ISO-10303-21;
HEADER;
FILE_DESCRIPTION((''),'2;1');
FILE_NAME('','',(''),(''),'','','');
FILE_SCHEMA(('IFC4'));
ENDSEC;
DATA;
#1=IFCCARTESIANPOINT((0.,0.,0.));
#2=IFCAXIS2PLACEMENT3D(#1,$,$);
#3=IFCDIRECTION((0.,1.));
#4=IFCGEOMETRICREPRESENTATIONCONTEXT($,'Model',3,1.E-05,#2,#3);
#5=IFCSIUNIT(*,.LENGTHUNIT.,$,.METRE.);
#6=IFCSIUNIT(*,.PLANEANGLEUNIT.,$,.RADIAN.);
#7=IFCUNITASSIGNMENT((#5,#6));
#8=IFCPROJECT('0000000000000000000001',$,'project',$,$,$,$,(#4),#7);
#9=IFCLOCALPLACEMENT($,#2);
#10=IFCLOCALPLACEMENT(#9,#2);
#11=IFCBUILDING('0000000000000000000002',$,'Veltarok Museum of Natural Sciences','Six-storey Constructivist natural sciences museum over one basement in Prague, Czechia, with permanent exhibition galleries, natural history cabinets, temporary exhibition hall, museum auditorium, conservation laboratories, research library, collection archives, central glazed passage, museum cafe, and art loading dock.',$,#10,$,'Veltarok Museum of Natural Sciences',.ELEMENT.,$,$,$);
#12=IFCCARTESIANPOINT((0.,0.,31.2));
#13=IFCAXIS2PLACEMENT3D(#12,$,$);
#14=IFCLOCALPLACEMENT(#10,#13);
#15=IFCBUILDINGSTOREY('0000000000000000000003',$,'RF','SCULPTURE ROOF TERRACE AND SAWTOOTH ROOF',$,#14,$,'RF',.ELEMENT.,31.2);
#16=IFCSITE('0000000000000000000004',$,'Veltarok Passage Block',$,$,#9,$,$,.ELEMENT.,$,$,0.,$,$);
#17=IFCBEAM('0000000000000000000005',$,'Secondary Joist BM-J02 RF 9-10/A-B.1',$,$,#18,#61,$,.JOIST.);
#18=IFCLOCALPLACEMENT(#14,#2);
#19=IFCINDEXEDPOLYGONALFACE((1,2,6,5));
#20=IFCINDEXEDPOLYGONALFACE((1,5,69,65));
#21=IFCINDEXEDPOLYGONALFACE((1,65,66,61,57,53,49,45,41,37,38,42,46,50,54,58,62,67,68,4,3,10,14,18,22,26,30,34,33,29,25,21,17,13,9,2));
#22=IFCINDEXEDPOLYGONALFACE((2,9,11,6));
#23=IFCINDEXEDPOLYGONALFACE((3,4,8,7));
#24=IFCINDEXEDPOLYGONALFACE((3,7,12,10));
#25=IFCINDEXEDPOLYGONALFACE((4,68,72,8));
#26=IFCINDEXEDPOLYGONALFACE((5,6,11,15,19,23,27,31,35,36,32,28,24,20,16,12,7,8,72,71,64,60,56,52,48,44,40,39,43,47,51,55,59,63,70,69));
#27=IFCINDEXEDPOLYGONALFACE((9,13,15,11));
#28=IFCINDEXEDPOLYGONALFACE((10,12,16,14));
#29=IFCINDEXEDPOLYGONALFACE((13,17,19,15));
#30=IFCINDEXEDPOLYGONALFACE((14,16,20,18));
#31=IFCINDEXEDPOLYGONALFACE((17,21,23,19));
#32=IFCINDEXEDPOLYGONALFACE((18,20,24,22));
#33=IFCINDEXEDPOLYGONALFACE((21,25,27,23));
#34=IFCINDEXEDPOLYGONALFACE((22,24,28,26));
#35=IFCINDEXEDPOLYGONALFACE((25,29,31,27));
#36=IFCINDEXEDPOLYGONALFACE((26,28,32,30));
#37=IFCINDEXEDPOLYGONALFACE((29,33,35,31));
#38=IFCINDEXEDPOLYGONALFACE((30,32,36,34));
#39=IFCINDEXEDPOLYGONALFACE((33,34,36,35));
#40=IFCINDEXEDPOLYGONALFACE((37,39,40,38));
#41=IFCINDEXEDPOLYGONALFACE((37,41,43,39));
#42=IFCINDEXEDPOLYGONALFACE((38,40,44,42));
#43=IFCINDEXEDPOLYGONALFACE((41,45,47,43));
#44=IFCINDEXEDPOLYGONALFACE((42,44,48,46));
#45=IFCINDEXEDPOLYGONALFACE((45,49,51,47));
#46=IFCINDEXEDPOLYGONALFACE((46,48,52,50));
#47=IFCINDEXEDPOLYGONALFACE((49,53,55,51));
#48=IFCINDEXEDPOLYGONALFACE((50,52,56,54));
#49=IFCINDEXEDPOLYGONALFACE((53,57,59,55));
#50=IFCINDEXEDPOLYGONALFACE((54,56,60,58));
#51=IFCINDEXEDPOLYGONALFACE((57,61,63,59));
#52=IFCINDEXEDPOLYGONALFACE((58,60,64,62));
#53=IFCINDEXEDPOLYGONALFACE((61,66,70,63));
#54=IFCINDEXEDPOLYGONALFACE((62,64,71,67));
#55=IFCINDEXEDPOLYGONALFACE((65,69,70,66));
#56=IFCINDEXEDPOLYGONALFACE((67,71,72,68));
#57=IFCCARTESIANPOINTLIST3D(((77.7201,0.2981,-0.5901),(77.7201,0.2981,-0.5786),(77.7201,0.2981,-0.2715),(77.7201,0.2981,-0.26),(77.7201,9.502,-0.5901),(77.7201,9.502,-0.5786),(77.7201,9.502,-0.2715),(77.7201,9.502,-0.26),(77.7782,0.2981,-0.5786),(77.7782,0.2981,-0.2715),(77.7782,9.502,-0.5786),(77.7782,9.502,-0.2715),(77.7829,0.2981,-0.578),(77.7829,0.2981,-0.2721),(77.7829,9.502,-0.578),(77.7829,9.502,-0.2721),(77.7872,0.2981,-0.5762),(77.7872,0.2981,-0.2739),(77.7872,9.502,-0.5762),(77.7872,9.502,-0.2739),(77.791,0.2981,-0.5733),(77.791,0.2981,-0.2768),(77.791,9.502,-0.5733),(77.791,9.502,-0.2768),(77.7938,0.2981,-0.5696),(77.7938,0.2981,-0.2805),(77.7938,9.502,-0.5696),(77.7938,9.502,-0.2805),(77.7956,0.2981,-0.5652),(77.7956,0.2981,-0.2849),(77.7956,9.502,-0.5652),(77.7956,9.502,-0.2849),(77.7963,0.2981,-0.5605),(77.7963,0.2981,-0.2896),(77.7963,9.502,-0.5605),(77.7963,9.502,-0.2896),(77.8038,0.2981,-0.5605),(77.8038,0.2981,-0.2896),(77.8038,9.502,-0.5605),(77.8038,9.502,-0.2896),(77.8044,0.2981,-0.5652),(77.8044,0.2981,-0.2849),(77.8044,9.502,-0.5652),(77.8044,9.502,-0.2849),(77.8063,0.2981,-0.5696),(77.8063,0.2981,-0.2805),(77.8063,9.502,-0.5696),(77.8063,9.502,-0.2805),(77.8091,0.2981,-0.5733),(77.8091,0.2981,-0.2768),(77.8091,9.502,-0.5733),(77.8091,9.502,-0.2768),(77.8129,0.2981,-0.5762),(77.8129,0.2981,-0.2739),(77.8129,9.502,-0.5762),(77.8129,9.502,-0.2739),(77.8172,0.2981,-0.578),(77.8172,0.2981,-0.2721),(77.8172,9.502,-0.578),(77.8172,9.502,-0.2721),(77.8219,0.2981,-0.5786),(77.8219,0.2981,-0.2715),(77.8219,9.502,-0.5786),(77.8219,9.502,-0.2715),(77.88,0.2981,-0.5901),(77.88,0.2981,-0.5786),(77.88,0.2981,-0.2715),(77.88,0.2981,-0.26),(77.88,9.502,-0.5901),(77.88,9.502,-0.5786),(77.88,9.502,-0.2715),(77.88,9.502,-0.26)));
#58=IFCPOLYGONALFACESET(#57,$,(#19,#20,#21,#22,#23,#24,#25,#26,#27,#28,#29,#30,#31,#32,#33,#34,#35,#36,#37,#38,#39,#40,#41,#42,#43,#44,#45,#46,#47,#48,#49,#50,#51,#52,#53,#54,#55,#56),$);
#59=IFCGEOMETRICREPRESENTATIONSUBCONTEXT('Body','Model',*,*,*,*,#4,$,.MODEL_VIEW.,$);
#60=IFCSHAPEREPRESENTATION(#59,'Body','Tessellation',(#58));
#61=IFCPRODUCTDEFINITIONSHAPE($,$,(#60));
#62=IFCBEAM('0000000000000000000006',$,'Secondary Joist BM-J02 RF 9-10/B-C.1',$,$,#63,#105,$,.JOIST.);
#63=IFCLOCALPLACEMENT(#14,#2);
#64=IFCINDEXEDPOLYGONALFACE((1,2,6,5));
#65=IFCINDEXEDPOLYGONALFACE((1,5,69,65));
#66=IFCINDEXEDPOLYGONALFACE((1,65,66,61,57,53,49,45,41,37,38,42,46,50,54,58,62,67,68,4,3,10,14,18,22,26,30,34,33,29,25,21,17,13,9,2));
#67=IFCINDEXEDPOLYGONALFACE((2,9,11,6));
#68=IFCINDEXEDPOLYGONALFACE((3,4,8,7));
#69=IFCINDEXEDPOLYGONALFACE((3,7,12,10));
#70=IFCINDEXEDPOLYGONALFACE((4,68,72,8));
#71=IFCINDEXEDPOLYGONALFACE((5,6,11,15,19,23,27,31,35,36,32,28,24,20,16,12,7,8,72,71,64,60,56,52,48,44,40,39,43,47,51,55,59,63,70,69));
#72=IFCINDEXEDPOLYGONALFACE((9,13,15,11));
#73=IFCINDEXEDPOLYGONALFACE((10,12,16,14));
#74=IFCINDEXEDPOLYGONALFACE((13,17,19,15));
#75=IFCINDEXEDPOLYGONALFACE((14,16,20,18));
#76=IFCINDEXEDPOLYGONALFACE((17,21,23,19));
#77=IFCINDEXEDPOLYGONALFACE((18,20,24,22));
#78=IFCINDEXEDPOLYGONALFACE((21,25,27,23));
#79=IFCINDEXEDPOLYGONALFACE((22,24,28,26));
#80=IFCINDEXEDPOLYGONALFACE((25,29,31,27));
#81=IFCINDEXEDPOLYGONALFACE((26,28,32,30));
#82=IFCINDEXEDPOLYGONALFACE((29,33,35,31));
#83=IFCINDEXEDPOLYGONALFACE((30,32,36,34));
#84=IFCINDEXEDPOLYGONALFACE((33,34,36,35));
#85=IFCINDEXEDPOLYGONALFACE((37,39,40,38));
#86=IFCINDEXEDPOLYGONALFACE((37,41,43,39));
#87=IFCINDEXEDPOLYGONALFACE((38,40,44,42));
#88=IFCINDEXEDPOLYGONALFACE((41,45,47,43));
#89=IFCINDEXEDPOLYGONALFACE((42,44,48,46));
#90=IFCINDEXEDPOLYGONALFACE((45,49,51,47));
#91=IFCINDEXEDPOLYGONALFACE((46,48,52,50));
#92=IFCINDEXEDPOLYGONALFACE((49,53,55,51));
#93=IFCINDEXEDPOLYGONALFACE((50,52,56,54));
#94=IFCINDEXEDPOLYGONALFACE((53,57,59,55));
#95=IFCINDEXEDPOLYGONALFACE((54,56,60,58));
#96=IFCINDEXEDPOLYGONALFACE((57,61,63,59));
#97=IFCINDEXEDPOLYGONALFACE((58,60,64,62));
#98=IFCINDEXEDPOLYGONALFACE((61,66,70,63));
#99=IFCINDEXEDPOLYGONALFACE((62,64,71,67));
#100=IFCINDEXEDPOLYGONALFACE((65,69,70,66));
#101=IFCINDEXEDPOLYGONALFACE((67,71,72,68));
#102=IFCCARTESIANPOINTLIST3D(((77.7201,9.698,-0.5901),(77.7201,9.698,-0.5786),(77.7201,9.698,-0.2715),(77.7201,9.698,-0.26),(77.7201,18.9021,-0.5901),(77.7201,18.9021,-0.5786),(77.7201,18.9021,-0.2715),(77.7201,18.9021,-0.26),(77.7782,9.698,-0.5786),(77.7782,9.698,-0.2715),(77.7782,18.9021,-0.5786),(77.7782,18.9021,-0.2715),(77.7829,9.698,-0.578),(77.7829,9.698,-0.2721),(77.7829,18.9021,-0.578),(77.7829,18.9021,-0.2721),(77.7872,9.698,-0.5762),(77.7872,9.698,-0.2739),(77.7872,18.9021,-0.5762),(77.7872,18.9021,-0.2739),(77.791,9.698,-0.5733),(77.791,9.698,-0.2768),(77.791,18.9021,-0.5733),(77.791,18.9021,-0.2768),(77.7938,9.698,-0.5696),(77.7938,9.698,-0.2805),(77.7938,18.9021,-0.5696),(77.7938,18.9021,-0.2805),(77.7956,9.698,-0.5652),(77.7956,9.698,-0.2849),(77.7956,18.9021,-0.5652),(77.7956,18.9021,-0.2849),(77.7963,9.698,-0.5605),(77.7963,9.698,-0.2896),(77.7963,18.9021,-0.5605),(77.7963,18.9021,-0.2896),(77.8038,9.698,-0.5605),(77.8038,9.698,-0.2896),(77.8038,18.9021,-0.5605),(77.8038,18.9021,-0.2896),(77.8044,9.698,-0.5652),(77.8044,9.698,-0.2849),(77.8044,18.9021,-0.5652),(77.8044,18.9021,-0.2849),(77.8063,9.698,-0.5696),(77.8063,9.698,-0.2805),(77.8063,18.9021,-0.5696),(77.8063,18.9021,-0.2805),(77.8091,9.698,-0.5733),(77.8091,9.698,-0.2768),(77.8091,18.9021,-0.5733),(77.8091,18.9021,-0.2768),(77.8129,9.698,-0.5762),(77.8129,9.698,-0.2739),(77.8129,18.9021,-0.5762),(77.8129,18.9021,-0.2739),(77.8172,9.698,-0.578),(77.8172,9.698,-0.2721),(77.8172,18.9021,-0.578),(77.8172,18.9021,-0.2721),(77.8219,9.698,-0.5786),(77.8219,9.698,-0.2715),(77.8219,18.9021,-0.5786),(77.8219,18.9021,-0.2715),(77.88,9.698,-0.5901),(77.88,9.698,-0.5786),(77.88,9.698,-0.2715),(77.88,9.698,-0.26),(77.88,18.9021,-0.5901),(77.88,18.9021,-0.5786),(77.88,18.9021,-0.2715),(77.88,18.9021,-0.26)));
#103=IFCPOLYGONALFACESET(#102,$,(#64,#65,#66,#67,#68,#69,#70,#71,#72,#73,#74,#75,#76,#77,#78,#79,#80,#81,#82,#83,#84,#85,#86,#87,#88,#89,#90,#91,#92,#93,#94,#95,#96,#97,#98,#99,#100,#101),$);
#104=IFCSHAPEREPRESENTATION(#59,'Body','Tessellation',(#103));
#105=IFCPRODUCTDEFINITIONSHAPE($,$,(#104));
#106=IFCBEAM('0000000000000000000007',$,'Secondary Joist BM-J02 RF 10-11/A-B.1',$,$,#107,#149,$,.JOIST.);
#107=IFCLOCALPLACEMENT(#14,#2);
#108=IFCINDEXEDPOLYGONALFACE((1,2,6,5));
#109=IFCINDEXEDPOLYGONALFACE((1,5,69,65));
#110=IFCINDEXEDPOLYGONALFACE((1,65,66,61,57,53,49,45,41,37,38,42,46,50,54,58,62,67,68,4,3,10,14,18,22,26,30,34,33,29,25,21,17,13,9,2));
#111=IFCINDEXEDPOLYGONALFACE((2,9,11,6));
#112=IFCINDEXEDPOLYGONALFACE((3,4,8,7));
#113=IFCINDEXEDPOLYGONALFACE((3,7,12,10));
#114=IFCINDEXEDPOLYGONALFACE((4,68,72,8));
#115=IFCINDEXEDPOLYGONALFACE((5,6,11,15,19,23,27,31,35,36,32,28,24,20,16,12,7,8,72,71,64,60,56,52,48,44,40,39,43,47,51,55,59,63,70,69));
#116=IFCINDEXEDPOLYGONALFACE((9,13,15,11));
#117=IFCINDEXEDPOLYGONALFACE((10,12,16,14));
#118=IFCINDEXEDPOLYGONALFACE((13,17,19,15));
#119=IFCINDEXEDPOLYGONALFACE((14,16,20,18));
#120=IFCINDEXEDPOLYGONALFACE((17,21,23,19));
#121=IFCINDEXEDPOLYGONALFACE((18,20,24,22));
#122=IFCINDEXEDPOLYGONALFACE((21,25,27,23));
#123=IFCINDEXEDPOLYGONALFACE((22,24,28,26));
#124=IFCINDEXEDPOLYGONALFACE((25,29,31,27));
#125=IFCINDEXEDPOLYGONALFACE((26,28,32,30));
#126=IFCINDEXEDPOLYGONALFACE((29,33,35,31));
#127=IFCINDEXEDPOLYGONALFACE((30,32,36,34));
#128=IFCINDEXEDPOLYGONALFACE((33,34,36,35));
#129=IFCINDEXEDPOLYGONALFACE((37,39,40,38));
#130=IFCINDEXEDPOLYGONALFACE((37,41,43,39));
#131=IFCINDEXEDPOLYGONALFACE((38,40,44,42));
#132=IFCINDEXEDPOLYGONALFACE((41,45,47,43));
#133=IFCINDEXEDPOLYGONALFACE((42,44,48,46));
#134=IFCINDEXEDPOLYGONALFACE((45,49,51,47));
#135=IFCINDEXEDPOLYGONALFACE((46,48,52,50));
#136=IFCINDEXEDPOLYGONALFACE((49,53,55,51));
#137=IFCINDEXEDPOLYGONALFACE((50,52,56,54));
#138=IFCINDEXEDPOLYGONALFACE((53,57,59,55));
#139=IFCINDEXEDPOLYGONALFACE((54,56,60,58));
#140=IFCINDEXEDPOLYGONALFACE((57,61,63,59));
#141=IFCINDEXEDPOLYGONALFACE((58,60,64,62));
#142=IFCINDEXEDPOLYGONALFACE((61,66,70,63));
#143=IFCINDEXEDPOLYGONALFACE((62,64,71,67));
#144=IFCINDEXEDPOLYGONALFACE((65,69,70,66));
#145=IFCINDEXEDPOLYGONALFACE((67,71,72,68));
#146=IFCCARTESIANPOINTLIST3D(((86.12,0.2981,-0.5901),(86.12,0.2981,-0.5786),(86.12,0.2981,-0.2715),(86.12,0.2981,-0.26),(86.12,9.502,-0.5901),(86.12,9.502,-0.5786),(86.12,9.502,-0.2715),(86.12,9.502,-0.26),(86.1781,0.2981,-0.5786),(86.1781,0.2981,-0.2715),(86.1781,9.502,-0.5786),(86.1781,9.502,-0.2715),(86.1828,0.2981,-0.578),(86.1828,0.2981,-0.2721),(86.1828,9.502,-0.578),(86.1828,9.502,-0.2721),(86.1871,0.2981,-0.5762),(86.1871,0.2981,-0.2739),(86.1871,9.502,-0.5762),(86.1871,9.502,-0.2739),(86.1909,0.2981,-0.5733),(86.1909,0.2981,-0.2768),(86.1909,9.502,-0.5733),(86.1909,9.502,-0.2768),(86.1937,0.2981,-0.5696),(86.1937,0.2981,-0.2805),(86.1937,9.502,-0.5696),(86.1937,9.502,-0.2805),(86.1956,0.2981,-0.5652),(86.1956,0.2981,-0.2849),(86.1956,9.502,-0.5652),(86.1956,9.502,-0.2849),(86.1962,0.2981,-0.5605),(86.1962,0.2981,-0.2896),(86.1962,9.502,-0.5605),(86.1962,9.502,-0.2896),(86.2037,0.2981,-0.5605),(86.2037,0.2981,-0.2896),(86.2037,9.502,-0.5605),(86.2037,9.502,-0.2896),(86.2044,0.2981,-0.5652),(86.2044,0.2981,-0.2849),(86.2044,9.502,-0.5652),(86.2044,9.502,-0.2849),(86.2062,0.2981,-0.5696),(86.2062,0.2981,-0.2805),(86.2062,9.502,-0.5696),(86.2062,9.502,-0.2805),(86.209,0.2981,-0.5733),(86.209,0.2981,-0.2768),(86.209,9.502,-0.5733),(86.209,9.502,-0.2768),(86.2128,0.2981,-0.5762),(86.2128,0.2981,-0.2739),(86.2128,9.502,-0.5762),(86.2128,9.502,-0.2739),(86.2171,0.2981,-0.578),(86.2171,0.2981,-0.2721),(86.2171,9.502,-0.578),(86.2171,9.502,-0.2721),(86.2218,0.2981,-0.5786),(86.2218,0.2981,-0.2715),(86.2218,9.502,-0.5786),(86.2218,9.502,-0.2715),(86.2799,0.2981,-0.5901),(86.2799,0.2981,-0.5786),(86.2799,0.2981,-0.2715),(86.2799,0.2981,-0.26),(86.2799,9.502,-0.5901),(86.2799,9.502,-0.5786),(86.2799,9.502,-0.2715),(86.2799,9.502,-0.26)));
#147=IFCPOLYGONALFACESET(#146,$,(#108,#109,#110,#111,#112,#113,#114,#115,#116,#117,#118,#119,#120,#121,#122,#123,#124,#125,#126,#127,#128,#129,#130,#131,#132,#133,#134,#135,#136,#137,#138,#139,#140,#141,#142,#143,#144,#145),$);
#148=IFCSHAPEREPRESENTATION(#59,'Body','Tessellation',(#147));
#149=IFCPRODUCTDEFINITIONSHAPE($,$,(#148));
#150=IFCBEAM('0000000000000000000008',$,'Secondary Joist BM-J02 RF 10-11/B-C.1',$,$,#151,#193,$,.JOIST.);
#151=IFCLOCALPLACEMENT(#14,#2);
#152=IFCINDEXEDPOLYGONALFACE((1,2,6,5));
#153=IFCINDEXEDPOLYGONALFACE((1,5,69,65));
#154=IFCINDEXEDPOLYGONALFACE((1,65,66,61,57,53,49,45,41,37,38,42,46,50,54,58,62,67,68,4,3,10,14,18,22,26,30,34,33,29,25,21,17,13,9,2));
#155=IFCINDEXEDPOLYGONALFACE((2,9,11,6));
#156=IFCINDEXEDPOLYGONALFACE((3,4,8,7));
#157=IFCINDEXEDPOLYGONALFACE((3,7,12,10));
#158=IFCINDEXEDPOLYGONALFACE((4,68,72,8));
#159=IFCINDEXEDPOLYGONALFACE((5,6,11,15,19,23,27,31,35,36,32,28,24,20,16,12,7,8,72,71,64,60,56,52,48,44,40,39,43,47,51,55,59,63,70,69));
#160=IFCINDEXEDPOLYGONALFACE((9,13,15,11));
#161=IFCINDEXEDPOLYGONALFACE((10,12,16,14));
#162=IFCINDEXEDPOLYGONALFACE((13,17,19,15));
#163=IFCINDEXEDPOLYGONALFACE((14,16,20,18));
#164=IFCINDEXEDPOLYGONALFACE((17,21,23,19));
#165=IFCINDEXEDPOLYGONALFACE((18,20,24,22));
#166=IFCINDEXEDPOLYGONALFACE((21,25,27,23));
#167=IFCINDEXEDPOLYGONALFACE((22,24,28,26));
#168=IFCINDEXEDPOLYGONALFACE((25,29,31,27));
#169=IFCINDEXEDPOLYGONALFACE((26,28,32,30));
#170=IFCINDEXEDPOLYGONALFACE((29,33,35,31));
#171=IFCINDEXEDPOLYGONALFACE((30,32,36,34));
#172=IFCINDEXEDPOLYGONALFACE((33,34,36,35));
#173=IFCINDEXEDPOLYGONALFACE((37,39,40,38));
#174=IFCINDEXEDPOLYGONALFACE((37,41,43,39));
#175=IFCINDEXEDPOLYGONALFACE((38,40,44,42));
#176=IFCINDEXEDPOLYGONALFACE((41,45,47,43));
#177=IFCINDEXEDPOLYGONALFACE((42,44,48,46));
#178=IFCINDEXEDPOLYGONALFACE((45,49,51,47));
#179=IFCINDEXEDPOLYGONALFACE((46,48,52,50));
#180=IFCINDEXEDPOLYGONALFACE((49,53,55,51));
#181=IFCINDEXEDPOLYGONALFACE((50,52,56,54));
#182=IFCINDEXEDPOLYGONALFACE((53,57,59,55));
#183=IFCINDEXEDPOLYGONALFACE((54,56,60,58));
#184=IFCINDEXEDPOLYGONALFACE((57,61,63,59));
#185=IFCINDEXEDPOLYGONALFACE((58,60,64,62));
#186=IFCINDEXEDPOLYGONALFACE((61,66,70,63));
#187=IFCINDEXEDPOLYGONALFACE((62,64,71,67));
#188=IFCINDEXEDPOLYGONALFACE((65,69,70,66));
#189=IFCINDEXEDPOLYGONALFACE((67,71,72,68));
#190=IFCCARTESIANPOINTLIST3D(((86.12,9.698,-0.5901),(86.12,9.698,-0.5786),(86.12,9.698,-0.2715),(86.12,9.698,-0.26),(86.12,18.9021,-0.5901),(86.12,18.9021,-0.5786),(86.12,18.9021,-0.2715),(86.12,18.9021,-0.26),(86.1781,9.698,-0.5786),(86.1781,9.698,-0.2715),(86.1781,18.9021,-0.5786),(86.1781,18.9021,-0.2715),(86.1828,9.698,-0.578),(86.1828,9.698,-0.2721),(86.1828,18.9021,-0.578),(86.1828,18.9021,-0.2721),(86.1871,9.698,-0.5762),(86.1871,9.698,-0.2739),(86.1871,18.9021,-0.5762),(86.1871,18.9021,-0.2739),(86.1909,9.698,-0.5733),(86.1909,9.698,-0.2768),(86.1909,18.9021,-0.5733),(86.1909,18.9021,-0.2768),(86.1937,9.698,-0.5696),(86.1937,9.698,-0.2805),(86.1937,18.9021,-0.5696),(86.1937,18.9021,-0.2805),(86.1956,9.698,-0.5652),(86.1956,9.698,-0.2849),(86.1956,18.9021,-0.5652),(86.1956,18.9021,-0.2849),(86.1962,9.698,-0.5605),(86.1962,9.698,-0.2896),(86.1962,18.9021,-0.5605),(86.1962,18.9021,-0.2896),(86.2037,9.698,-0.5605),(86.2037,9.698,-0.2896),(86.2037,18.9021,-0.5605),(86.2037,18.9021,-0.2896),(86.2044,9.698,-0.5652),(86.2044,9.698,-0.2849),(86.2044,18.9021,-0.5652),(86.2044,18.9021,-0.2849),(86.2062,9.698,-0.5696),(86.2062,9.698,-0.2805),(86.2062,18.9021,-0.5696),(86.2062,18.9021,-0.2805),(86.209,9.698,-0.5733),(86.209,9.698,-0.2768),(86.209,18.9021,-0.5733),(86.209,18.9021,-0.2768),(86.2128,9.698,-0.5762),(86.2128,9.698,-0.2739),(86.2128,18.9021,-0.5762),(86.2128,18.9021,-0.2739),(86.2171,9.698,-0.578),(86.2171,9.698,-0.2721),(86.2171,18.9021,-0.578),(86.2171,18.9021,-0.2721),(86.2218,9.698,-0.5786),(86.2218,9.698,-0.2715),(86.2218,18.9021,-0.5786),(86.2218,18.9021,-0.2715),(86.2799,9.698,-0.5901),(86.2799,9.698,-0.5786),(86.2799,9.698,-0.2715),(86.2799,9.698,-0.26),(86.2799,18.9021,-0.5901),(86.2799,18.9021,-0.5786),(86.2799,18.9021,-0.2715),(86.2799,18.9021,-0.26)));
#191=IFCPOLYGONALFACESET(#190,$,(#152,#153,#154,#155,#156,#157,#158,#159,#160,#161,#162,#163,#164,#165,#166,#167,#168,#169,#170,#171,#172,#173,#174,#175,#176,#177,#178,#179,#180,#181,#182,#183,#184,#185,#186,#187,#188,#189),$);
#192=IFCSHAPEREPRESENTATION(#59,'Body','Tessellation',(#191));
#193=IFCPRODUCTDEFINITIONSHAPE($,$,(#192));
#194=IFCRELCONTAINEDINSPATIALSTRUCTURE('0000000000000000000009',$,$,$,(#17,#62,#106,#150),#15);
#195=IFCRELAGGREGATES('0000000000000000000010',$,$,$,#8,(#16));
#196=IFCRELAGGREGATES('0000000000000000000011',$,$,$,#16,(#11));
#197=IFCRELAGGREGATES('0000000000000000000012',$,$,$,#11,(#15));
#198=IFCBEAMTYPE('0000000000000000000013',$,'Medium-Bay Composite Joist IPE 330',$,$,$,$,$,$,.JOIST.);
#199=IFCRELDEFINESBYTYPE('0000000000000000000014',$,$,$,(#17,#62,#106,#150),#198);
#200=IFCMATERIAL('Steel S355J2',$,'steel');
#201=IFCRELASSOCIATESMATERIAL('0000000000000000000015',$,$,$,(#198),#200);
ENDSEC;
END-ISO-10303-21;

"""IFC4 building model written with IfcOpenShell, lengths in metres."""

from ifc_helpers import new_model, si_unit, direction, frame, origin, origin_2d, place, context, subcontext, project, spatial, i_section, extrude, material, material_profile, profile_set, type_object, element, save


model = new_model("IFC4")

# Units and contexts
model_context = context("Model", 3, precision=1e-05, world=origin(), true_north=direction((0.0, 1.0)))
body_context = subcontext(model_context, "Body", "Model", "MODEL_VIEW")
ifc_project = project(units=[si_unit("LENGTHUNIT", "METRE"), si_unit("PLANEANGLEUNIT", "RADIAN")], contexts=[model_context])

# Site, building, storey
site_placement = place(None, origin())
site = spatial("IfcSite", under=ifc_project, at=site_placement, Name="Veltarok Passage Block", CompositionType="ELEMENT", RefElevation=0.0)
building_placement = place(site_placement, origin())
building = spatial("IfcBuilding", under=site, at=building_placement, Name="Veltarok Museum of Natural Sciences", Description="Six-storey Constructivist natural sciences museum over one basement in Prague, Czechia, with permanent exhibition galleries, natural history cabinets, temporary exhibition hall, museum auditorium, conservation laboratories, research library, collection archives, central glazed passage, museum cafe, and art loading dock.", LongName="Veltarok Museum of Natural Sciences", CompositionType="ELEMENT")
storey_placement = place(building_placement, frame((0.0, 0.0, 31.2)))
storey = spatial("IfcBuildingStorey", under=building, at=storey_placement, Name="RF", Description="SCULPTURE ROOF TERRACE AND SAWTOOTH ROOF", LongName="RF", CompositionType="ELEMENT", Elevation=31.2)

# Beams
ifc_material_1 = material(Name="Steel S355J2", Category="steel")
ifc_material_profile_1 = material_profile(ifc_material_1, i_section(OverallWidth=0.1599, OverallDepth=0.3301, WebThickness=0.0076, FlangeThickness=0.0115, FilletRadius=0.0181, at=origin_2d()), Name="IPE 330")
ifc_profile_set_1 = profile_set([ifc_material_profile_1], Name="Steel S355J2")
beam_type_1 = type_object("IfcBeamType", Name="Medium-Bay Composite Joist IPE 330", PredefinedType="JOIST", material=ifc_profile_set_1)
beam_1_placement = place(storey_placement, frame((77.8, 0.2981, -0.425), z_axis=(0.0, 1.0, 0.0), x_axis=(-1.0, 0.0, 0.0)))
element("IfcBeam", 1, at=beam_1_placement, inside=storey, type_object=beam_type_1, Name="Secondary Joist BM-J02 RF 9-10/A-B.1", PredefinedType="JOIST", context=body_context, shape_type="SweptSolid", body=[
    extrude(i_section(OverallWidth=0.1599, OverallDepth=0.3301, WebThickness=0.0076, FlangeThickness=0.0115, FilletRadius=0.0181, at=origin_2d()), origin(), (0.0, 0.0, 1.0), 9.2039),
])
beam_2_placement = place(storey_placement, frame((77.8, 9.698, -0.425), z_axis=(0.0, 1.0, 0.0), x_axis=(-1.0, 0.0, 0.0)))
element("IfcBeam", 2, at=beam_2_placement, inside=storey, type_object=beam_type_1, Name="Secondary Joist BM-J02 RF 9-10/B-C.1", PredefinedType="JOIST", context=body_context, shape_type="SweptSolid", body=[
    extrude(i_section(OverallWidth=0.1599, OverallDepth=0.3301, WebThickness=0.0076, FlangeThickness=0.0115, FilletRadius=0.0181, at=origin_2d()), origin(), (0.0, 0.0, 1.0), 9.2041),
])
beam_3_placement = place(storey_placement, frame((86.2, 0.2981, -0.425), z_axis=(0.0, 1.0, 0.0), x_axis=(-1.0, 0.0, 0.0)))
element("IfcBeam", 3, at=beam_3_placement, inside=storey, type_object=beam_type_1, Name="Secondary Joist BM-J02 RF 10-11/A-B.1", PredefinedType="JOIST", context=body_context, shape_type="SweptSolid", body=[
    extrude(i_section(OverallWidth=0.1599, OverallDepth=0.3301, WebThickness=0.0076, FlangeThickness=0.0115, FilletRadius=0.0181, at=origin_2d()), origin(), (0.0, 0.0, 1.0), 9.2039),
])
beam_4_placement = place(storey_placement, frame((86.2, 9.698, -0.425), z_axis=(0.0, 1.0, 0.0), x_axis=(-1.0, 0.0, 0.0)))
element("IfcBeam", 4, at=beam_4_placement, inside=storey, type_object=beam_type_1, Name="Secondary Joist BM-J02 RF 10-11/B-C.1", PredefinedType="JOIST", context=body_context, shape_type="SweptSolid", body=[
    extrude(i_section(OverallWidth=0.1599, OverallDepth=0.3301, WebThickness=0.0076, FlangeThickness=0.0115, FilletRadius=0.0181, at=origin_2d()), origin(), (0.0, 0.0, 1.0), 9.2041),
])

save(model, "model.ifc")
